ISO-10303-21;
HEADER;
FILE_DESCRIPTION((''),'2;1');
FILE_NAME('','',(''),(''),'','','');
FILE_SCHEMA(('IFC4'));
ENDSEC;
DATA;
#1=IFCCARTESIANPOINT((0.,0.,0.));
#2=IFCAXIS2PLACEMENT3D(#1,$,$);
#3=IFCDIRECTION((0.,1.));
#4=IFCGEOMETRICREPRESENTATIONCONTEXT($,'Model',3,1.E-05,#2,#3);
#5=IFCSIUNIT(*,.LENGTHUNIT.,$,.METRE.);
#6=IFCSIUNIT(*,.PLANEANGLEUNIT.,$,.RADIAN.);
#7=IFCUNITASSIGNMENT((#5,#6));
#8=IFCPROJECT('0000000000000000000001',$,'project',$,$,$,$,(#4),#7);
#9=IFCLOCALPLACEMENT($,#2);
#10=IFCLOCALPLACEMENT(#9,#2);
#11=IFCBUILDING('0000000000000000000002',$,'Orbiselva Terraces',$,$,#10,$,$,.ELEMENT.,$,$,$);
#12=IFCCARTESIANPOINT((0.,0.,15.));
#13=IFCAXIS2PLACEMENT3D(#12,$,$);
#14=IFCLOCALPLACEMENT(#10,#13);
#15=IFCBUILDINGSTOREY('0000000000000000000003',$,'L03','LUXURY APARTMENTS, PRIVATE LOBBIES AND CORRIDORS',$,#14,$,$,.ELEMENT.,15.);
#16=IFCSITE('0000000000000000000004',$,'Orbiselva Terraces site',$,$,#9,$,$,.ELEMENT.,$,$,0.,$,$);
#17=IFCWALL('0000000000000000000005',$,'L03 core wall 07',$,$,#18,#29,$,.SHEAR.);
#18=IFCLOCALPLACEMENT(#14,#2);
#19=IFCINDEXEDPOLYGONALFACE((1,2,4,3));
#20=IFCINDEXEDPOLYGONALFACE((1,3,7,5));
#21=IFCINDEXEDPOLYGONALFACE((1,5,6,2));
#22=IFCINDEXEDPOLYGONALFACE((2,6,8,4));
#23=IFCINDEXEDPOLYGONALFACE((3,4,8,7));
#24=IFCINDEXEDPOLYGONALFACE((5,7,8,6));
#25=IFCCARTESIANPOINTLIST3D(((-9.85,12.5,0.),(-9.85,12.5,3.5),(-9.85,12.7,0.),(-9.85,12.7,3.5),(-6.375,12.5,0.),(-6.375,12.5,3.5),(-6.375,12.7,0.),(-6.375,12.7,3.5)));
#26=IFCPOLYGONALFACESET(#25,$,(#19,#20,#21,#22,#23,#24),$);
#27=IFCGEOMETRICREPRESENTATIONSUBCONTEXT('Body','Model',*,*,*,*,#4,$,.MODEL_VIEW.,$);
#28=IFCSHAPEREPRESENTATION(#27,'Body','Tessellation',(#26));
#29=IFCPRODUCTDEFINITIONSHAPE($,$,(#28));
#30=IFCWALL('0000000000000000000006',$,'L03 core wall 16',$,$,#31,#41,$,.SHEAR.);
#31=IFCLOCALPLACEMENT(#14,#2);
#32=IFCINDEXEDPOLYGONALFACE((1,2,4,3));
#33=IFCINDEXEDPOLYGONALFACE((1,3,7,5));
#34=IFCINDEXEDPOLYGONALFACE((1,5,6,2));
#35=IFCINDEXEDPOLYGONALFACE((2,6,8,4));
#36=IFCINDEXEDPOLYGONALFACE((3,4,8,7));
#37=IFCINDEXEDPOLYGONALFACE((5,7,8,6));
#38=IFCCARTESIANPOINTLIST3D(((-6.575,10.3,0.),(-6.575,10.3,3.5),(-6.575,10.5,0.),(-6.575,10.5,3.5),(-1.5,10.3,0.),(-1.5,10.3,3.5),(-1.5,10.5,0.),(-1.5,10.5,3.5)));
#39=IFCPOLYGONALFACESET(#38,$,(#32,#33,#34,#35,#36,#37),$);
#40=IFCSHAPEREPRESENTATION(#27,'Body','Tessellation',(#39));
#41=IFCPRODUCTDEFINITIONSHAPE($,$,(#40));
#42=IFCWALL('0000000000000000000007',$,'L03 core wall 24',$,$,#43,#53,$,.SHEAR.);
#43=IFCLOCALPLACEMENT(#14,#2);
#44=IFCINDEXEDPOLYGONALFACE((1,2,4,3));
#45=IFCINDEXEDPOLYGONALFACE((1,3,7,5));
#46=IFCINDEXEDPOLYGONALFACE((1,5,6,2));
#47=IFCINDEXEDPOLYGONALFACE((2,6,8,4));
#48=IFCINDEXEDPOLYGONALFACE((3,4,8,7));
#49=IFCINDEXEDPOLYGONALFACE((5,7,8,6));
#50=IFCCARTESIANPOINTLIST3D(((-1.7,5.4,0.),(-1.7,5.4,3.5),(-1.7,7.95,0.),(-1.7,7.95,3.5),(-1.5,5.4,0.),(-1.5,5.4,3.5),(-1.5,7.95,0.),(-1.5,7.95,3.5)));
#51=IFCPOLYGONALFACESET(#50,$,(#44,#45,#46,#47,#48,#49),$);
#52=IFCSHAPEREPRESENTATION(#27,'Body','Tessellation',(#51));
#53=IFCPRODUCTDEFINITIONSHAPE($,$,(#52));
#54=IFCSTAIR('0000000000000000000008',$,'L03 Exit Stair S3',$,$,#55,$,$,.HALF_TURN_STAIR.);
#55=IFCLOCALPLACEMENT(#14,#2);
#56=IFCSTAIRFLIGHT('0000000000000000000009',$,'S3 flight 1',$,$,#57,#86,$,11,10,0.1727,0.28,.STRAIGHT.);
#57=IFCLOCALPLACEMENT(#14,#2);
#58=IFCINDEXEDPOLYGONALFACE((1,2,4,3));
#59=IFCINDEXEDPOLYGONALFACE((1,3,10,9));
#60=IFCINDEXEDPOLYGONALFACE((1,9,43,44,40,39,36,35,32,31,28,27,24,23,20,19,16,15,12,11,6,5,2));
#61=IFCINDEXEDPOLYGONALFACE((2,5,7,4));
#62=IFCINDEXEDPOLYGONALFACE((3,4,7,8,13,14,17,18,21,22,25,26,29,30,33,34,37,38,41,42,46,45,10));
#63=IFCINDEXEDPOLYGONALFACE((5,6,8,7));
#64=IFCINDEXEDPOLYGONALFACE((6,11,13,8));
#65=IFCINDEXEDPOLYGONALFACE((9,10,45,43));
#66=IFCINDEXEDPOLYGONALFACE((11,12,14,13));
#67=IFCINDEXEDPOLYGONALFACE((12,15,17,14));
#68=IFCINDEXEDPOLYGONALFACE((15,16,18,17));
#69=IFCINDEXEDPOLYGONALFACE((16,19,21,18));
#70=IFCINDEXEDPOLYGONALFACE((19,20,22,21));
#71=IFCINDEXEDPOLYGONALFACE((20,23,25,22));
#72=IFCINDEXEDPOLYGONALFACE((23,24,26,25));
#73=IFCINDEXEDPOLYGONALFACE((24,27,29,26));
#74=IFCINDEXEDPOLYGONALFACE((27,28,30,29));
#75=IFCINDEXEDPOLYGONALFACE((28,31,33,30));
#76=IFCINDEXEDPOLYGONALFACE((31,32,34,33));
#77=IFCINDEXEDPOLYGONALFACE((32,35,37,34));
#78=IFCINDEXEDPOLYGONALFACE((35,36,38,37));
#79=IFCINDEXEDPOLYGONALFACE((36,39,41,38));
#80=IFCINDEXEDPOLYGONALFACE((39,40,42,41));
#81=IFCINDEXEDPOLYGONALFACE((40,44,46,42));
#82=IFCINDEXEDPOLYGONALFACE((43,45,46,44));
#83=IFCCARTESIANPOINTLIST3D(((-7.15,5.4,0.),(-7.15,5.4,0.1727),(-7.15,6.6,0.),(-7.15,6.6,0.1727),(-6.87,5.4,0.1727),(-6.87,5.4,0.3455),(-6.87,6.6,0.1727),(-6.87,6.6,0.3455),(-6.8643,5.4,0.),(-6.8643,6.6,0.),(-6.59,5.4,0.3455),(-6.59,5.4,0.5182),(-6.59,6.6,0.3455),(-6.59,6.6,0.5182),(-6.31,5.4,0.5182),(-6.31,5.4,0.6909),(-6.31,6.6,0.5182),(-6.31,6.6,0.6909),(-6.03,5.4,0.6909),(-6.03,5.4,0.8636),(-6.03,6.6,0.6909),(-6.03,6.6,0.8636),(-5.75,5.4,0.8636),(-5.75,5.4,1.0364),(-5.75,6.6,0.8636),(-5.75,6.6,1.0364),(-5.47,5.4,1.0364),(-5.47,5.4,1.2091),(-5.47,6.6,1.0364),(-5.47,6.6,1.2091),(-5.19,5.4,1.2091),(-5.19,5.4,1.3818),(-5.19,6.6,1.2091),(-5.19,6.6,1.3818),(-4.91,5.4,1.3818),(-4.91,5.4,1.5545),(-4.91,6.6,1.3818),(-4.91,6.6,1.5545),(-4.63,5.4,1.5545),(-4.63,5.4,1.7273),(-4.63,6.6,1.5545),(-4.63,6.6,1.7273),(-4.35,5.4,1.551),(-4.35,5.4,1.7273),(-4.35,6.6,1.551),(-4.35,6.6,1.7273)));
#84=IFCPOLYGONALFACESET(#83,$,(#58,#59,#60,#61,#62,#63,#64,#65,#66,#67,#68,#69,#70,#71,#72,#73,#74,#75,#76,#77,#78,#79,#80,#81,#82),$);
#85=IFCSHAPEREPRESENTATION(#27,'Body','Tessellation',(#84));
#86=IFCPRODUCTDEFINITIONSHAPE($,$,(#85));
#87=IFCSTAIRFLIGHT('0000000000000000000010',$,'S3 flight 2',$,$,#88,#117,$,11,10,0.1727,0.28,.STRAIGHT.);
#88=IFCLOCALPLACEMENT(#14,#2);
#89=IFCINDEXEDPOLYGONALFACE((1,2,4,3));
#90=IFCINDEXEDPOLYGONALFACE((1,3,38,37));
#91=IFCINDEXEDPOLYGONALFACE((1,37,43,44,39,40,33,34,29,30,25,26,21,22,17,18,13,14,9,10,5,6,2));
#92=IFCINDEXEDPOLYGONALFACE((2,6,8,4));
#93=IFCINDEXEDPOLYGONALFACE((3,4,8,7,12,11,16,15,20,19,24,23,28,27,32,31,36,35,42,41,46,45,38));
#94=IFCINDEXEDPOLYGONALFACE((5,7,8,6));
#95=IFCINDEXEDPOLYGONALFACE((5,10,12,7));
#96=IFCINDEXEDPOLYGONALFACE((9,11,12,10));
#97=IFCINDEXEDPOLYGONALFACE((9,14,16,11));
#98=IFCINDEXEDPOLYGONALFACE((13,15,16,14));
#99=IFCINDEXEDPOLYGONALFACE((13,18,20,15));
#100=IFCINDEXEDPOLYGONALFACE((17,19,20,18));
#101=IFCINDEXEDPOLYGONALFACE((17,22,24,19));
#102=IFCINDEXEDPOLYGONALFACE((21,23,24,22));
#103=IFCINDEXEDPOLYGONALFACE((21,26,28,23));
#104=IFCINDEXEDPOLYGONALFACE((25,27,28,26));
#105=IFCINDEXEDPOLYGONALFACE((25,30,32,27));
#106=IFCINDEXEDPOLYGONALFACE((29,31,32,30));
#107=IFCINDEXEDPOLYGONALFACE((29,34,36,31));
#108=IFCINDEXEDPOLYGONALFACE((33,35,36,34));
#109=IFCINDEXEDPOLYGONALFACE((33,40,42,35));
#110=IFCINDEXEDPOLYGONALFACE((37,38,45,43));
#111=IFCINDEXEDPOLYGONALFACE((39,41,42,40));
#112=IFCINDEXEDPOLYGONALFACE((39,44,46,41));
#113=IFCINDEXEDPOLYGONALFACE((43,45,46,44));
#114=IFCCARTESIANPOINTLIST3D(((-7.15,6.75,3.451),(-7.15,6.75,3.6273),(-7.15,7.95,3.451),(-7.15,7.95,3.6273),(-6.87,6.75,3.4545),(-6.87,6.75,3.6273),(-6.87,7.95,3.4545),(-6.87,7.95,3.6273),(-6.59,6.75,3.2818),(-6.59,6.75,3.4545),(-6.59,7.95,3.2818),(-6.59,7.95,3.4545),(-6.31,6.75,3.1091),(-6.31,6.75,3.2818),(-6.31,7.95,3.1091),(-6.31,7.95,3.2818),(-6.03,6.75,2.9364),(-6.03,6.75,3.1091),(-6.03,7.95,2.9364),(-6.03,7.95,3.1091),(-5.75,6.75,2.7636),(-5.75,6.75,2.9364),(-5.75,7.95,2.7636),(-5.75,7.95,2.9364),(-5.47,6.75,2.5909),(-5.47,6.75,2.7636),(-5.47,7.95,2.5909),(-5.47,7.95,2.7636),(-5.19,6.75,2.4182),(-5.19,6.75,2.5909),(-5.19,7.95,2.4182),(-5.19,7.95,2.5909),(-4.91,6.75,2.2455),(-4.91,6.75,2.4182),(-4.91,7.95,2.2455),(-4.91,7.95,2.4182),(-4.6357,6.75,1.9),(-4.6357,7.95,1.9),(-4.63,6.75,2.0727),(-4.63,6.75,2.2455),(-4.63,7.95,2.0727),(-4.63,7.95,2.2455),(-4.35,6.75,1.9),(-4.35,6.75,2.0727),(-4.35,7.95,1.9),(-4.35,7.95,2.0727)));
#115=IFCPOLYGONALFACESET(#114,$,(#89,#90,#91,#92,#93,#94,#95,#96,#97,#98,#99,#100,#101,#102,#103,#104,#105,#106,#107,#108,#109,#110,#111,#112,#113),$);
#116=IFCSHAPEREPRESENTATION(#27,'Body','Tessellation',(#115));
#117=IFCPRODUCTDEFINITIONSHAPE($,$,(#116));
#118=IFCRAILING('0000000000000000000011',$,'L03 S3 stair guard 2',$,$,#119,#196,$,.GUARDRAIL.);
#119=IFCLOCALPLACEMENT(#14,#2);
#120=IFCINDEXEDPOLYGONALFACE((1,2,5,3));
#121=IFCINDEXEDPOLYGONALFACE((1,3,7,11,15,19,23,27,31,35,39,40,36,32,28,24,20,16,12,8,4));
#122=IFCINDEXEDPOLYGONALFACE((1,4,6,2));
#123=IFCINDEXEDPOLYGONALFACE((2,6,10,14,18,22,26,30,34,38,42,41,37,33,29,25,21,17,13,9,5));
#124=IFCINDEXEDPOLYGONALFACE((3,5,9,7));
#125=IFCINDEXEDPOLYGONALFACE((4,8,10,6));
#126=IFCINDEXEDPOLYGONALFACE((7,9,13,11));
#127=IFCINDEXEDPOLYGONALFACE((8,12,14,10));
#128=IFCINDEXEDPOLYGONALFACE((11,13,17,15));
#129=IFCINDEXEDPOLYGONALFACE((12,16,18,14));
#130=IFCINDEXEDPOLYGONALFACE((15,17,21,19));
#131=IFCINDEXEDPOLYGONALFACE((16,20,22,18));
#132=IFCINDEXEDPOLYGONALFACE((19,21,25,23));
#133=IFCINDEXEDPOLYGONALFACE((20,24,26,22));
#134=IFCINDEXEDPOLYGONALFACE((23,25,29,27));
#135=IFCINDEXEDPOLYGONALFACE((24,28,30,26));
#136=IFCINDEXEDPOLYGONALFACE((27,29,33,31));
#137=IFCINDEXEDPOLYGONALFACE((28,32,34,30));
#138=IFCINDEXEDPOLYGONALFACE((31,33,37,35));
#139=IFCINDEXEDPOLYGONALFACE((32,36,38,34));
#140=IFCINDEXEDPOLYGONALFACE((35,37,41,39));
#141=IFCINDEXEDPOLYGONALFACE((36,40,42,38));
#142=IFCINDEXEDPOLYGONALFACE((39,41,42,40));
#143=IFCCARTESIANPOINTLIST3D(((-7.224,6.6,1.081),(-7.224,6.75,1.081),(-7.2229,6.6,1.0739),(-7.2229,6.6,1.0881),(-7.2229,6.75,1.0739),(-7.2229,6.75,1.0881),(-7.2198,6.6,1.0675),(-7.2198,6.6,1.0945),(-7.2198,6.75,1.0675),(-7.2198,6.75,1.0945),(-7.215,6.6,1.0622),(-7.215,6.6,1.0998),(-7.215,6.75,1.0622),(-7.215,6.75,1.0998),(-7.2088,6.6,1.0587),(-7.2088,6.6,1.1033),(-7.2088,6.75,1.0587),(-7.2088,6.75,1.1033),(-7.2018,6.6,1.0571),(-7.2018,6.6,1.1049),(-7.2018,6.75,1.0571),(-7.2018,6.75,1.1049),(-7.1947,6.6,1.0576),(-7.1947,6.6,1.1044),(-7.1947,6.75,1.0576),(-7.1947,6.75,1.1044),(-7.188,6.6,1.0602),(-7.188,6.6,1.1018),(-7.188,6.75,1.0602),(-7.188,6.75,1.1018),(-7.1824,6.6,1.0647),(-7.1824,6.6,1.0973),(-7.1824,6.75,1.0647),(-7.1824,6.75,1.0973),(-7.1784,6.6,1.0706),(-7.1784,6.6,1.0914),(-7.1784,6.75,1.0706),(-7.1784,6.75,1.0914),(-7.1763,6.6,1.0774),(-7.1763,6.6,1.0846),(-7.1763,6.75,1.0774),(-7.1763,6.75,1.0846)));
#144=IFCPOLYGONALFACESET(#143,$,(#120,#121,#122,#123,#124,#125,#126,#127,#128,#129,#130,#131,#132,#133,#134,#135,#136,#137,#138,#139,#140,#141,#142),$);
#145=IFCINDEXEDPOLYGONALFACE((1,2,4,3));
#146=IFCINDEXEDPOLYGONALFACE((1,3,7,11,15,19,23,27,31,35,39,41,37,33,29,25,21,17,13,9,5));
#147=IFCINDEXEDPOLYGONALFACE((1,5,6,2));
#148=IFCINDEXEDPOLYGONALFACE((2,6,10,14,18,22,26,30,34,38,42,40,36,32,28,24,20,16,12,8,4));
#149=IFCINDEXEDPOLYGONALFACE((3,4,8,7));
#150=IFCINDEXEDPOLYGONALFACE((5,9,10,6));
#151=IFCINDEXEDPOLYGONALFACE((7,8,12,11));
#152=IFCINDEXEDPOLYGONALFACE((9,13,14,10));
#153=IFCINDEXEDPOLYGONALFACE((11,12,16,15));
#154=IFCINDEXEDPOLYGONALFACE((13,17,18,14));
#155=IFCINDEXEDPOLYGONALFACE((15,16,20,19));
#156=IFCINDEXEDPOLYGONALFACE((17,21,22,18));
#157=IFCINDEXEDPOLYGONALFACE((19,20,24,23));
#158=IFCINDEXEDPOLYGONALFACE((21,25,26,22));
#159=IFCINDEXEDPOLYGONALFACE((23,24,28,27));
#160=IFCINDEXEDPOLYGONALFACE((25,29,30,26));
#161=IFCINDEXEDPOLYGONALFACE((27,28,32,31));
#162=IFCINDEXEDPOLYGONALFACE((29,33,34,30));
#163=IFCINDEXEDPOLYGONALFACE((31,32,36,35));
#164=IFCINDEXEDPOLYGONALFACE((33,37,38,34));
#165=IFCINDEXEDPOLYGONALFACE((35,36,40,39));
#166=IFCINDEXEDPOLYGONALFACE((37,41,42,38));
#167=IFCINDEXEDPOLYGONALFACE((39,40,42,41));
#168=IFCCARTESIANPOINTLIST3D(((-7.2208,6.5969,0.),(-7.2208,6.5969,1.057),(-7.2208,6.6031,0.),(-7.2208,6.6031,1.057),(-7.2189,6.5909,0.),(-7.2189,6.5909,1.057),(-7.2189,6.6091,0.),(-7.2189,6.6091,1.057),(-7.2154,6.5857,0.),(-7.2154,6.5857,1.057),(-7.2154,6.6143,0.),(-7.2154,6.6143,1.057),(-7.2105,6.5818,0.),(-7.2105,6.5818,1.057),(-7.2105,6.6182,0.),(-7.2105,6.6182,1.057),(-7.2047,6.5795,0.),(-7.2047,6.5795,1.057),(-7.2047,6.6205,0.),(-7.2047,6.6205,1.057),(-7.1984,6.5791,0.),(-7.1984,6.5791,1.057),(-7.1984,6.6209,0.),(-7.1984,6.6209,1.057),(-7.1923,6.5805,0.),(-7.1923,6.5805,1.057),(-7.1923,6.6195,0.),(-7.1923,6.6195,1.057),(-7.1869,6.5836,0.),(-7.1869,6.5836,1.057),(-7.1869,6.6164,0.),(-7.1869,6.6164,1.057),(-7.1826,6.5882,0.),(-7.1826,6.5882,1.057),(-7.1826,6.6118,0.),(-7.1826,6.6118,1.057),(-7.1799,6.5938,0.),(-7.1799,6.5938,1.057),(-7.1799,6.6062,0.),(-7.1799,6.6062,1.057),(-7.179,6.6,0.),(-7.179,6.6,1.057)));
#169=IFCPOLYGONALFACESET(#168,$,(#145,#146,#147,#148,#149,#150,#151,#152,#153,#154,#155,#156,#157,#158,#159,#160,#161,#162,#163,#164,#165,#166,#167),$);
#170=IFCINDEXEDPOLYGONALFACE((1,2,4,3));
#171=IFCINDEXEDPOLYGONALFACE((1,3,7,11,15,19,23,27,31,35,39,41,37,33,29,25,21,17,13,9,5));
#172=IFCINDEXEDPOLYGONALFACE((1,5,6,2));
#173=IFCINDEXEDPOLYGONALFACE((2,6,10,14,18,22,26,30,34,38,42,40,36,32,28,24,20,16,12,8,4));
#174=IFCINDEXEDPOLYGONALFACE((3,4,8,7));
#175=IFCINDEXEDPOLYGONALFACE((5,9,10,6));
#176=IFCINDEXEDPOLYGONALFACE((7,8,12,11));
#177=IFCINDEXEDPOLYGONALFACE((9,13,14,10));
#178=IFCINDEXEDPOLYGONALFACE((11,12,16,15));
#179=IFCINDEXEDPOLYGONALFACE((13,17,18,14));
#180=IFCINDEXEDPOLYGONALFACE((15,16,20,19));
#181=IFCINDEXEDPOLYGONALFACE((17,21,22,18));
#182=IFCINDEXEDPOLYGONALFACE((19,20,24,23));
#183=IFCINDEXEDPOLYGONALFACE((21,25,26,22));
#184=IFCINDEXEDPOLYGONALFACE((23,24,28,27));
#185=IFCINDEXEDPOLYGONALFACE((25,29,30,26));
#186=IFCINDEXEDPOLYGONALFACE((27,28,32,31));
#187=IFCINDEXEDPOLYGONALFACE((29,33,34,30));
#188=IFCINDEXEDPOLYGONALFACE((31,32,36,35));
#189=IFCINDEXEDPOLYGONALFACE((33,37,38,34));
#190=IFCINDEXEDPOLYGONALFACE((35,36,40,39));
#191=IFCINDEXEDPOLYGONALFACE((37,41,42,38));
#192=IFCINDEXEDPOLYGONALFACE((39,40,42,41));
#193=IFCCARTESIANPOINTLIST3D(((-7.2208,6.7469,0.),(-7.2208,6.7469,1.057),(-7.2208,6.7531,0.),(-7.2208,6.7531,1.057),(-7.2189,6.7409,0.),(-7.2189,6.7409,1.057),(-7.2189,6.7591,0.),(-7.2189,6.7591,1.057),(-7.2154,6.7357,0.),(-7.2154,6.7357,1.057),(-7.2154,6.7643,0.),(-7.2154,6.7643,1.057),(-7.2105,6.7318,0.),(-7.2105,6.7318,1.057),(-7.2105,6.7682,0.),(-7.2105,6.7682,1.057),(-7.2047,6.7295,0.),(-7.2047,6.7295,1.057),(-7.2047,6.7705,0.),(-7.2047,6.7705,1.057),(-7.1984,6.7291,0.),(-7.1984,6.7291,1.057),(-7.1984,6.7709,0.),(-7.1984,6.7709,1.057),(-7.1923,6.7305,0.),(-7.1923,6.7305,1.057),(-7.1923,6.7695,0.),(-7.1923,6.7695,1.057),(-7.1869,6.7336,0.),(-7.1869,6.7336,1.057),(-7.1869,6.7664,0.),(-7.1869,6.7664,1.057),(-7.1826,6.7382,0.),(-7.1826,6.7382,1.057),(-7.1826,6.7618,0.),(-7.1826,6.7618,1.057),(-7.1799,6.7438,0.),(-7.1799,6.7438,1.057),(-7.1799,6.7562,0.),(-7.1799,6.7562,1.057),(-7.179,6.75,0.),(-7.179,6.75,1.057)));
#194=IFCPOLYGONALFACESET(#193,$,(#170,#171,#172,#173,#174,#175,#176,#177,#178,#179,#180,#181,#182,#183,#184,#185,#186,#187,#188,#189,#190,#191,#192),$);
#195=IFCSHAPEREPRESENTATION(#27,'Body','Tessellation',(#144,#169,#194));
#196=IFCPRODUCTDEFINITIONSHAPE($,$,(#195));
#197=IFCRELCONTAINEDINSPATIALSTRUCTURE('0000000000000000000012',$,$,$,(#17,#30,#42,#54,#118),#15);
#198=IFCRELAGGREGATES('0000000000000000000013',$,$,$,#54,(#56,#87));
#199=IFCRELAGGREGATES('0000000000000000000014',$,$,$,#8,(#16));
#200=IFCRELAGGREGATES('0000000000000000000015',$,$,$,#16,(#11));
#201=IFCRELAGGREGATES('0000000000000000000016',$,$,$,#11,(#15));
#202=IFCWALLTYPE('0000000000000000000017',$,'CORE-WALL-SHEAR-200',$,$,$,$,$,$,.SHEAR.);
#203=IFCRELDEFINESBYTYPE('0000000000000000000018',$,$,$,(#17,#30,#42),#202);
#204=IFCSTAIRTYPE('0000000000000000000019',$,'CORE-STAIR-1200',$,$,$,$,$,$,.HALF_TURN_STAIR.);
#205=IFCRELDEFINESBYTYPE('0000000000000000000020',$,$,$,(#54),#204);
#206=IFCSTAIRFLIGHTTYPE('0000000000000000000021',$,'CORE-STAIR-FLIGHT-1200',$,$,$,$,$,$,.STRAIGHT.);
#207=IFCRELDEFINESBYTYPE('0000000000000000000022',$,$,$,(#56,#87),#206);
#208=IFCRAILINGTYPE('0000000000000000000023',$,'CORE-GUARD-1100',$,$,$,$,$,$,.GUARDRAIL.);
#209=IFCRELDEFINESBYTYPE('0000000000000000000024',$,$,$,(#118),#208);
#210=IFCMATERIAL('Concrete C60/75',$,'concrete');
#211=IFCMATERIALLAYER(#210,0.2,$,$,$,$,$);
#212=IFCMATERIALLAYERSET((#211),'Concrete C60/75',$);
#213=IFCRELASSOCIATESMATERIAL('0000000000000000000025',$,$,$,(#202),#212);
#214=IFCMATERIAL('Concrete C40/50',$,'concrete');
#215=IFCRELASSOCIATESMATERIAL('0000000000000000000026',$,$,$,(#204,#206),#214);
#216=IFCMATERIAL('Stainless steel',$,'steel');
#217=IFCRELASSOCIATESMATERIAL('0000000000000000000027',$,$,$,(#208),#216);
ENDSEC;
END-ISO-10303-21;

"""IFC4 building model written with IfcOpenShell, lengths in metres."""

from ifc_helpers import new_model, si_unit, direction, frame, frame_2d, origin, origin_2d, place, context, subcontext, project, spatial, polyline, rectangle, circle, outline, extrude, material, layer, layer_set, type_object, element, aggregate, save


model = new_model("IFC4")

# Units and contexts
model_context = context("Model", 3, precision=1e-05, world=origin(), true_north=direction((0.0, 1.0)))
body_context = subcontext(model_context, "Body", "Model", "MODEL_VIEW")
ifc_project = project(units=[si_unit("LENGTHUNIT", "METRE"), si_unit("PLANEANGLEUNIT", "RADIAN")], contexts=[model_context])

# Site, building, storey
site_placement = place(None, origin())
site = spatial("IfcSite", under=ifc_project, at=site_placement, Name="Orbiselva Terraces site", CompositionType="ELEMENT", RefElevation=0.0)
building_placement = place(site_placement, origin())
building = spatial("IfcBuilding", under=site, at=building_placement, Name="Orbiselva Terraces", CompositionType="ELEMENT")
storey_placement = place(building_placement, frame((0.0, 0.0, 15.0)))
storey = spatial("IfcBuildingStorey", under=building, at=storey_placement, Name="L03", Description="LUXURY APARTMENTS, PRIVATE LOBBIES AND CORRIDORS", CompositionType="ELEMENT", Elevation=15.0)

# Walls
ifc_material_1 = material(Name="Concrete C60/75", Category="concrete")
ifc_layer_1 = layer(ifc_material_1, 0.2)
ifc_layer_set_1 = layer_set([ifc_layer_1], Name="Concrete C60/75")
wall_type_1 = type_object("IfcWallType", Name="CORE-WALL-SHEAR-200", PredefinedType="SHEAR", material=ifc_layer_set_1)
wall_1_placement = place(storey_placement, frame((-9.85, 12.6, 0.0), z_axis=(0.0, 0.0, 1.0), x_axis=(1.0, 0.0, 0.0)))
element("IfcWall", 1, at=wall_1_placement, inside=storey, type_object=wall_type_1, Name="L03 core wall 07", PredefinedType="SHEAR", context=body_context, shape_type="SweptSolid", body=[
    extrude(rectangle(XDim=3.475, YDim=0.2, at=frame_2d((1.7375, 0.0))), origin(), (0.0, 0.0, 1.0), 3.5),
])
wall_2_placement = place(storey_placement, frame((-6.575, 10.4, 0.0), z_axis=(0.0, 0.0, 1.0), x_axis=(1.0, 0.0, 0.0)))
element("IfcWall", 2, at=wall_2_placement, inside=storey, type_object=wall_type_1, Name="L03 core wall 16", PredefinedType="SHEAR", context=body_context, shape_type="SweptSolid", body=[
    extrude(rectangle(XDim=5.075, YDim=0.2, at=frame_2d((2.5375, 0.0))), origin(), (0.0, 0.0, 1.0), 3.5),
])
wall_3_placement = place(storey_placement, frame((-1.6, 5.4, 0.0), z_axis=(0.0, 0.0, 1.0), x_axis=(0.0, 1.0, 0.0)))
element("IfcWall", 3, at=wall_3_placement, inside=storey, type_object=wall_type_1, Name="L03 core wall 24", PredefinedType="SHEAR", context=body_context, shape_type="SweptSolid", body=[
    extrude(rectangle(XDim=2.55, YDim=0.2, at=frame_2d((1.275, 0.0))), origin(), (0.0, 0.0, 1.0), 3.5),
])

# Stair, stair flights
ifc_material_2 = material(Name="Concrete C40/50", Category="concrete")
stair_type = type_object("IfcStairType", Name="CORE-STAIR-1200", PredefinedType="HALF_TURN_STAIR", material=ifc_material_2)
stair_placement = place(storey_placement, origin())
stair = element("IfcStair", 4, at=stair_placement, inside=storey, type_object=stair_type, Name="L03 Exit Stair S3", PredefinedType="HALF_TURN_STAIR")
stair_flight_type = type_object("IfcStairFlightType", Name="CORE-STAIR-FLIGHT-1200", PredefinedType="STRAIGHT", material=ifc_material_2)
stair_flight_1_placement = place(storey_placement, frame((-7.15, 6.0, 0.0), z_axis=(0.0, 0.0, 1.0), x_axis=(1.0, 0.0, 0.0)))
stair_flight_1 = element("IfcStairFlight", 5, at=stair_flight_1_placement, type_object=stair_flight_type, Name="S3 flight 1", NumberOfRisers=11, NumberOfTreads=10, PredefinedType="STRAIGHT", RiserHeight=0.1727, TreadLength=0.28, context=body_context, shape_type="SweptSolid", body=[
    extrude(outline(polyline([(0.0, 0.0), (0.0, 0.1727), (0.28, 0.1727), (0.28, 0.3455), (0.56, 0.3455), (0.56, 0.5182), (0.84, 0.5182), (0.84, 0.6909), (1.12, 0.6909), (1.12, 0.8636), (1.4, 0.8636), (1.4, 1.0364), (1.68, 1.0364), (1.68, 1.2091), (1.96, 1.2091), (1.96, 1.3818), (2.24, 1.3818), (2.24, 1.5545), (2.52, 1.5545), (2.52, 1.7273), (2.8, 1.7273), (2.8, 1.9), (2.8, 1.551), (0.2857, 0.0), (0.0, 0.0)])), frame((0.0, 0.6, 0.0), z_axis=(0.0, -1.0, 0.0), x_axis=(1.0, 0.0, 0.0)), (0.0, 0.0, 1.0), 1.2),
])
stair_flight_2_placement = place(storey_placement, frame((-4.35, 7.35, 1.9), z_axis=(0.0, 0.0, 1.0), x_axis=(-1.0, 0.0, 0.0)))
stair_flight_2 = element("IfcStairFlight", 6, at=stair_flight_2_placement, type_object=stair_flight_type, Name="S3 flight 2", NumberOfRisers=11, NumberOfTreads=10, PredefinedType="STRAIGHT", RiserHeight=0.1727, TreadLength=0.28, context=body_context, shape_type="SweptSolid", body=[
    extrude(outline(polyline([(0.0, 0.0), (0.0, 0.1727), (0.28, 0.1727), (0.28, 0.3455), (0.56, 0.3455), (0.56, 0.5182), (0.84, 0.5182), (0.84, 0.6909), (1.12, 0.6909), (1.12, 0.8636), (1.4, 0.8636), (1.4, 1.0364), (1.68, 1.0364), (1.68, 1.2091), (1.96, 1.2091), (1.96, 1.3818), (2.24, 1.3818), (2.24, 1.5545), (2.52, 1.5545), (2.52, 1.7273), (2.8, 1.7273), (2.8, 1.9), (2.8, 1.551), (0.2857, 0.0), (0.0, 0.0)])), frame((0.0, 0.6, 0.0), z_axis=(0.0, -1.0, 0.0), x_axis=(1.0, 0.0, 0.0)), (0.0, 0.0, 1.0), 1.2),
])
aggregate(stair, [stair_flight_1, stair_flight_2])

# Railing
ifc_material_3 = material(Name="Stainless steel", Category="steel")
railing_type_1 = type_object("IfcRailingType", Name="CORE-GUARD-1100", PredefinedType="GUARDRAIL", material=ifc_material_3)
railing_1_placement = place(storey_placement, frame((-7.2, 6.6, 0.0)))
element("IfcRailing", 7, at=railing_1_placement, inside=storey, type_object=railing_type_1, Name="L03 S3 stair guard 2", PredefinedType="GUARDRAIL", context=body_context, shape_type="SweptSolid", body=[
    extrude(circle(Radius=0.024, at=origin_2d()), frame((0.0, 0.0, 1.081), z_axis=(0.0, 1.0, 0.0), x_axis=(-1.0, 0.0, 0.0)), (0.0, 0.0, 1.0), 0.15),
    extrude(circle(Radius=0.021, at=origin_2d()), origin(), (0.0, 0.0, 1.0), 1.057),
    extrude(circle(Radius=0.021, at=origin_2d()), frame((0.0, 0.15, 0.0)), (0.0, 0.0, 1.0), 1.057),
])

save(model, "model.ifc")
